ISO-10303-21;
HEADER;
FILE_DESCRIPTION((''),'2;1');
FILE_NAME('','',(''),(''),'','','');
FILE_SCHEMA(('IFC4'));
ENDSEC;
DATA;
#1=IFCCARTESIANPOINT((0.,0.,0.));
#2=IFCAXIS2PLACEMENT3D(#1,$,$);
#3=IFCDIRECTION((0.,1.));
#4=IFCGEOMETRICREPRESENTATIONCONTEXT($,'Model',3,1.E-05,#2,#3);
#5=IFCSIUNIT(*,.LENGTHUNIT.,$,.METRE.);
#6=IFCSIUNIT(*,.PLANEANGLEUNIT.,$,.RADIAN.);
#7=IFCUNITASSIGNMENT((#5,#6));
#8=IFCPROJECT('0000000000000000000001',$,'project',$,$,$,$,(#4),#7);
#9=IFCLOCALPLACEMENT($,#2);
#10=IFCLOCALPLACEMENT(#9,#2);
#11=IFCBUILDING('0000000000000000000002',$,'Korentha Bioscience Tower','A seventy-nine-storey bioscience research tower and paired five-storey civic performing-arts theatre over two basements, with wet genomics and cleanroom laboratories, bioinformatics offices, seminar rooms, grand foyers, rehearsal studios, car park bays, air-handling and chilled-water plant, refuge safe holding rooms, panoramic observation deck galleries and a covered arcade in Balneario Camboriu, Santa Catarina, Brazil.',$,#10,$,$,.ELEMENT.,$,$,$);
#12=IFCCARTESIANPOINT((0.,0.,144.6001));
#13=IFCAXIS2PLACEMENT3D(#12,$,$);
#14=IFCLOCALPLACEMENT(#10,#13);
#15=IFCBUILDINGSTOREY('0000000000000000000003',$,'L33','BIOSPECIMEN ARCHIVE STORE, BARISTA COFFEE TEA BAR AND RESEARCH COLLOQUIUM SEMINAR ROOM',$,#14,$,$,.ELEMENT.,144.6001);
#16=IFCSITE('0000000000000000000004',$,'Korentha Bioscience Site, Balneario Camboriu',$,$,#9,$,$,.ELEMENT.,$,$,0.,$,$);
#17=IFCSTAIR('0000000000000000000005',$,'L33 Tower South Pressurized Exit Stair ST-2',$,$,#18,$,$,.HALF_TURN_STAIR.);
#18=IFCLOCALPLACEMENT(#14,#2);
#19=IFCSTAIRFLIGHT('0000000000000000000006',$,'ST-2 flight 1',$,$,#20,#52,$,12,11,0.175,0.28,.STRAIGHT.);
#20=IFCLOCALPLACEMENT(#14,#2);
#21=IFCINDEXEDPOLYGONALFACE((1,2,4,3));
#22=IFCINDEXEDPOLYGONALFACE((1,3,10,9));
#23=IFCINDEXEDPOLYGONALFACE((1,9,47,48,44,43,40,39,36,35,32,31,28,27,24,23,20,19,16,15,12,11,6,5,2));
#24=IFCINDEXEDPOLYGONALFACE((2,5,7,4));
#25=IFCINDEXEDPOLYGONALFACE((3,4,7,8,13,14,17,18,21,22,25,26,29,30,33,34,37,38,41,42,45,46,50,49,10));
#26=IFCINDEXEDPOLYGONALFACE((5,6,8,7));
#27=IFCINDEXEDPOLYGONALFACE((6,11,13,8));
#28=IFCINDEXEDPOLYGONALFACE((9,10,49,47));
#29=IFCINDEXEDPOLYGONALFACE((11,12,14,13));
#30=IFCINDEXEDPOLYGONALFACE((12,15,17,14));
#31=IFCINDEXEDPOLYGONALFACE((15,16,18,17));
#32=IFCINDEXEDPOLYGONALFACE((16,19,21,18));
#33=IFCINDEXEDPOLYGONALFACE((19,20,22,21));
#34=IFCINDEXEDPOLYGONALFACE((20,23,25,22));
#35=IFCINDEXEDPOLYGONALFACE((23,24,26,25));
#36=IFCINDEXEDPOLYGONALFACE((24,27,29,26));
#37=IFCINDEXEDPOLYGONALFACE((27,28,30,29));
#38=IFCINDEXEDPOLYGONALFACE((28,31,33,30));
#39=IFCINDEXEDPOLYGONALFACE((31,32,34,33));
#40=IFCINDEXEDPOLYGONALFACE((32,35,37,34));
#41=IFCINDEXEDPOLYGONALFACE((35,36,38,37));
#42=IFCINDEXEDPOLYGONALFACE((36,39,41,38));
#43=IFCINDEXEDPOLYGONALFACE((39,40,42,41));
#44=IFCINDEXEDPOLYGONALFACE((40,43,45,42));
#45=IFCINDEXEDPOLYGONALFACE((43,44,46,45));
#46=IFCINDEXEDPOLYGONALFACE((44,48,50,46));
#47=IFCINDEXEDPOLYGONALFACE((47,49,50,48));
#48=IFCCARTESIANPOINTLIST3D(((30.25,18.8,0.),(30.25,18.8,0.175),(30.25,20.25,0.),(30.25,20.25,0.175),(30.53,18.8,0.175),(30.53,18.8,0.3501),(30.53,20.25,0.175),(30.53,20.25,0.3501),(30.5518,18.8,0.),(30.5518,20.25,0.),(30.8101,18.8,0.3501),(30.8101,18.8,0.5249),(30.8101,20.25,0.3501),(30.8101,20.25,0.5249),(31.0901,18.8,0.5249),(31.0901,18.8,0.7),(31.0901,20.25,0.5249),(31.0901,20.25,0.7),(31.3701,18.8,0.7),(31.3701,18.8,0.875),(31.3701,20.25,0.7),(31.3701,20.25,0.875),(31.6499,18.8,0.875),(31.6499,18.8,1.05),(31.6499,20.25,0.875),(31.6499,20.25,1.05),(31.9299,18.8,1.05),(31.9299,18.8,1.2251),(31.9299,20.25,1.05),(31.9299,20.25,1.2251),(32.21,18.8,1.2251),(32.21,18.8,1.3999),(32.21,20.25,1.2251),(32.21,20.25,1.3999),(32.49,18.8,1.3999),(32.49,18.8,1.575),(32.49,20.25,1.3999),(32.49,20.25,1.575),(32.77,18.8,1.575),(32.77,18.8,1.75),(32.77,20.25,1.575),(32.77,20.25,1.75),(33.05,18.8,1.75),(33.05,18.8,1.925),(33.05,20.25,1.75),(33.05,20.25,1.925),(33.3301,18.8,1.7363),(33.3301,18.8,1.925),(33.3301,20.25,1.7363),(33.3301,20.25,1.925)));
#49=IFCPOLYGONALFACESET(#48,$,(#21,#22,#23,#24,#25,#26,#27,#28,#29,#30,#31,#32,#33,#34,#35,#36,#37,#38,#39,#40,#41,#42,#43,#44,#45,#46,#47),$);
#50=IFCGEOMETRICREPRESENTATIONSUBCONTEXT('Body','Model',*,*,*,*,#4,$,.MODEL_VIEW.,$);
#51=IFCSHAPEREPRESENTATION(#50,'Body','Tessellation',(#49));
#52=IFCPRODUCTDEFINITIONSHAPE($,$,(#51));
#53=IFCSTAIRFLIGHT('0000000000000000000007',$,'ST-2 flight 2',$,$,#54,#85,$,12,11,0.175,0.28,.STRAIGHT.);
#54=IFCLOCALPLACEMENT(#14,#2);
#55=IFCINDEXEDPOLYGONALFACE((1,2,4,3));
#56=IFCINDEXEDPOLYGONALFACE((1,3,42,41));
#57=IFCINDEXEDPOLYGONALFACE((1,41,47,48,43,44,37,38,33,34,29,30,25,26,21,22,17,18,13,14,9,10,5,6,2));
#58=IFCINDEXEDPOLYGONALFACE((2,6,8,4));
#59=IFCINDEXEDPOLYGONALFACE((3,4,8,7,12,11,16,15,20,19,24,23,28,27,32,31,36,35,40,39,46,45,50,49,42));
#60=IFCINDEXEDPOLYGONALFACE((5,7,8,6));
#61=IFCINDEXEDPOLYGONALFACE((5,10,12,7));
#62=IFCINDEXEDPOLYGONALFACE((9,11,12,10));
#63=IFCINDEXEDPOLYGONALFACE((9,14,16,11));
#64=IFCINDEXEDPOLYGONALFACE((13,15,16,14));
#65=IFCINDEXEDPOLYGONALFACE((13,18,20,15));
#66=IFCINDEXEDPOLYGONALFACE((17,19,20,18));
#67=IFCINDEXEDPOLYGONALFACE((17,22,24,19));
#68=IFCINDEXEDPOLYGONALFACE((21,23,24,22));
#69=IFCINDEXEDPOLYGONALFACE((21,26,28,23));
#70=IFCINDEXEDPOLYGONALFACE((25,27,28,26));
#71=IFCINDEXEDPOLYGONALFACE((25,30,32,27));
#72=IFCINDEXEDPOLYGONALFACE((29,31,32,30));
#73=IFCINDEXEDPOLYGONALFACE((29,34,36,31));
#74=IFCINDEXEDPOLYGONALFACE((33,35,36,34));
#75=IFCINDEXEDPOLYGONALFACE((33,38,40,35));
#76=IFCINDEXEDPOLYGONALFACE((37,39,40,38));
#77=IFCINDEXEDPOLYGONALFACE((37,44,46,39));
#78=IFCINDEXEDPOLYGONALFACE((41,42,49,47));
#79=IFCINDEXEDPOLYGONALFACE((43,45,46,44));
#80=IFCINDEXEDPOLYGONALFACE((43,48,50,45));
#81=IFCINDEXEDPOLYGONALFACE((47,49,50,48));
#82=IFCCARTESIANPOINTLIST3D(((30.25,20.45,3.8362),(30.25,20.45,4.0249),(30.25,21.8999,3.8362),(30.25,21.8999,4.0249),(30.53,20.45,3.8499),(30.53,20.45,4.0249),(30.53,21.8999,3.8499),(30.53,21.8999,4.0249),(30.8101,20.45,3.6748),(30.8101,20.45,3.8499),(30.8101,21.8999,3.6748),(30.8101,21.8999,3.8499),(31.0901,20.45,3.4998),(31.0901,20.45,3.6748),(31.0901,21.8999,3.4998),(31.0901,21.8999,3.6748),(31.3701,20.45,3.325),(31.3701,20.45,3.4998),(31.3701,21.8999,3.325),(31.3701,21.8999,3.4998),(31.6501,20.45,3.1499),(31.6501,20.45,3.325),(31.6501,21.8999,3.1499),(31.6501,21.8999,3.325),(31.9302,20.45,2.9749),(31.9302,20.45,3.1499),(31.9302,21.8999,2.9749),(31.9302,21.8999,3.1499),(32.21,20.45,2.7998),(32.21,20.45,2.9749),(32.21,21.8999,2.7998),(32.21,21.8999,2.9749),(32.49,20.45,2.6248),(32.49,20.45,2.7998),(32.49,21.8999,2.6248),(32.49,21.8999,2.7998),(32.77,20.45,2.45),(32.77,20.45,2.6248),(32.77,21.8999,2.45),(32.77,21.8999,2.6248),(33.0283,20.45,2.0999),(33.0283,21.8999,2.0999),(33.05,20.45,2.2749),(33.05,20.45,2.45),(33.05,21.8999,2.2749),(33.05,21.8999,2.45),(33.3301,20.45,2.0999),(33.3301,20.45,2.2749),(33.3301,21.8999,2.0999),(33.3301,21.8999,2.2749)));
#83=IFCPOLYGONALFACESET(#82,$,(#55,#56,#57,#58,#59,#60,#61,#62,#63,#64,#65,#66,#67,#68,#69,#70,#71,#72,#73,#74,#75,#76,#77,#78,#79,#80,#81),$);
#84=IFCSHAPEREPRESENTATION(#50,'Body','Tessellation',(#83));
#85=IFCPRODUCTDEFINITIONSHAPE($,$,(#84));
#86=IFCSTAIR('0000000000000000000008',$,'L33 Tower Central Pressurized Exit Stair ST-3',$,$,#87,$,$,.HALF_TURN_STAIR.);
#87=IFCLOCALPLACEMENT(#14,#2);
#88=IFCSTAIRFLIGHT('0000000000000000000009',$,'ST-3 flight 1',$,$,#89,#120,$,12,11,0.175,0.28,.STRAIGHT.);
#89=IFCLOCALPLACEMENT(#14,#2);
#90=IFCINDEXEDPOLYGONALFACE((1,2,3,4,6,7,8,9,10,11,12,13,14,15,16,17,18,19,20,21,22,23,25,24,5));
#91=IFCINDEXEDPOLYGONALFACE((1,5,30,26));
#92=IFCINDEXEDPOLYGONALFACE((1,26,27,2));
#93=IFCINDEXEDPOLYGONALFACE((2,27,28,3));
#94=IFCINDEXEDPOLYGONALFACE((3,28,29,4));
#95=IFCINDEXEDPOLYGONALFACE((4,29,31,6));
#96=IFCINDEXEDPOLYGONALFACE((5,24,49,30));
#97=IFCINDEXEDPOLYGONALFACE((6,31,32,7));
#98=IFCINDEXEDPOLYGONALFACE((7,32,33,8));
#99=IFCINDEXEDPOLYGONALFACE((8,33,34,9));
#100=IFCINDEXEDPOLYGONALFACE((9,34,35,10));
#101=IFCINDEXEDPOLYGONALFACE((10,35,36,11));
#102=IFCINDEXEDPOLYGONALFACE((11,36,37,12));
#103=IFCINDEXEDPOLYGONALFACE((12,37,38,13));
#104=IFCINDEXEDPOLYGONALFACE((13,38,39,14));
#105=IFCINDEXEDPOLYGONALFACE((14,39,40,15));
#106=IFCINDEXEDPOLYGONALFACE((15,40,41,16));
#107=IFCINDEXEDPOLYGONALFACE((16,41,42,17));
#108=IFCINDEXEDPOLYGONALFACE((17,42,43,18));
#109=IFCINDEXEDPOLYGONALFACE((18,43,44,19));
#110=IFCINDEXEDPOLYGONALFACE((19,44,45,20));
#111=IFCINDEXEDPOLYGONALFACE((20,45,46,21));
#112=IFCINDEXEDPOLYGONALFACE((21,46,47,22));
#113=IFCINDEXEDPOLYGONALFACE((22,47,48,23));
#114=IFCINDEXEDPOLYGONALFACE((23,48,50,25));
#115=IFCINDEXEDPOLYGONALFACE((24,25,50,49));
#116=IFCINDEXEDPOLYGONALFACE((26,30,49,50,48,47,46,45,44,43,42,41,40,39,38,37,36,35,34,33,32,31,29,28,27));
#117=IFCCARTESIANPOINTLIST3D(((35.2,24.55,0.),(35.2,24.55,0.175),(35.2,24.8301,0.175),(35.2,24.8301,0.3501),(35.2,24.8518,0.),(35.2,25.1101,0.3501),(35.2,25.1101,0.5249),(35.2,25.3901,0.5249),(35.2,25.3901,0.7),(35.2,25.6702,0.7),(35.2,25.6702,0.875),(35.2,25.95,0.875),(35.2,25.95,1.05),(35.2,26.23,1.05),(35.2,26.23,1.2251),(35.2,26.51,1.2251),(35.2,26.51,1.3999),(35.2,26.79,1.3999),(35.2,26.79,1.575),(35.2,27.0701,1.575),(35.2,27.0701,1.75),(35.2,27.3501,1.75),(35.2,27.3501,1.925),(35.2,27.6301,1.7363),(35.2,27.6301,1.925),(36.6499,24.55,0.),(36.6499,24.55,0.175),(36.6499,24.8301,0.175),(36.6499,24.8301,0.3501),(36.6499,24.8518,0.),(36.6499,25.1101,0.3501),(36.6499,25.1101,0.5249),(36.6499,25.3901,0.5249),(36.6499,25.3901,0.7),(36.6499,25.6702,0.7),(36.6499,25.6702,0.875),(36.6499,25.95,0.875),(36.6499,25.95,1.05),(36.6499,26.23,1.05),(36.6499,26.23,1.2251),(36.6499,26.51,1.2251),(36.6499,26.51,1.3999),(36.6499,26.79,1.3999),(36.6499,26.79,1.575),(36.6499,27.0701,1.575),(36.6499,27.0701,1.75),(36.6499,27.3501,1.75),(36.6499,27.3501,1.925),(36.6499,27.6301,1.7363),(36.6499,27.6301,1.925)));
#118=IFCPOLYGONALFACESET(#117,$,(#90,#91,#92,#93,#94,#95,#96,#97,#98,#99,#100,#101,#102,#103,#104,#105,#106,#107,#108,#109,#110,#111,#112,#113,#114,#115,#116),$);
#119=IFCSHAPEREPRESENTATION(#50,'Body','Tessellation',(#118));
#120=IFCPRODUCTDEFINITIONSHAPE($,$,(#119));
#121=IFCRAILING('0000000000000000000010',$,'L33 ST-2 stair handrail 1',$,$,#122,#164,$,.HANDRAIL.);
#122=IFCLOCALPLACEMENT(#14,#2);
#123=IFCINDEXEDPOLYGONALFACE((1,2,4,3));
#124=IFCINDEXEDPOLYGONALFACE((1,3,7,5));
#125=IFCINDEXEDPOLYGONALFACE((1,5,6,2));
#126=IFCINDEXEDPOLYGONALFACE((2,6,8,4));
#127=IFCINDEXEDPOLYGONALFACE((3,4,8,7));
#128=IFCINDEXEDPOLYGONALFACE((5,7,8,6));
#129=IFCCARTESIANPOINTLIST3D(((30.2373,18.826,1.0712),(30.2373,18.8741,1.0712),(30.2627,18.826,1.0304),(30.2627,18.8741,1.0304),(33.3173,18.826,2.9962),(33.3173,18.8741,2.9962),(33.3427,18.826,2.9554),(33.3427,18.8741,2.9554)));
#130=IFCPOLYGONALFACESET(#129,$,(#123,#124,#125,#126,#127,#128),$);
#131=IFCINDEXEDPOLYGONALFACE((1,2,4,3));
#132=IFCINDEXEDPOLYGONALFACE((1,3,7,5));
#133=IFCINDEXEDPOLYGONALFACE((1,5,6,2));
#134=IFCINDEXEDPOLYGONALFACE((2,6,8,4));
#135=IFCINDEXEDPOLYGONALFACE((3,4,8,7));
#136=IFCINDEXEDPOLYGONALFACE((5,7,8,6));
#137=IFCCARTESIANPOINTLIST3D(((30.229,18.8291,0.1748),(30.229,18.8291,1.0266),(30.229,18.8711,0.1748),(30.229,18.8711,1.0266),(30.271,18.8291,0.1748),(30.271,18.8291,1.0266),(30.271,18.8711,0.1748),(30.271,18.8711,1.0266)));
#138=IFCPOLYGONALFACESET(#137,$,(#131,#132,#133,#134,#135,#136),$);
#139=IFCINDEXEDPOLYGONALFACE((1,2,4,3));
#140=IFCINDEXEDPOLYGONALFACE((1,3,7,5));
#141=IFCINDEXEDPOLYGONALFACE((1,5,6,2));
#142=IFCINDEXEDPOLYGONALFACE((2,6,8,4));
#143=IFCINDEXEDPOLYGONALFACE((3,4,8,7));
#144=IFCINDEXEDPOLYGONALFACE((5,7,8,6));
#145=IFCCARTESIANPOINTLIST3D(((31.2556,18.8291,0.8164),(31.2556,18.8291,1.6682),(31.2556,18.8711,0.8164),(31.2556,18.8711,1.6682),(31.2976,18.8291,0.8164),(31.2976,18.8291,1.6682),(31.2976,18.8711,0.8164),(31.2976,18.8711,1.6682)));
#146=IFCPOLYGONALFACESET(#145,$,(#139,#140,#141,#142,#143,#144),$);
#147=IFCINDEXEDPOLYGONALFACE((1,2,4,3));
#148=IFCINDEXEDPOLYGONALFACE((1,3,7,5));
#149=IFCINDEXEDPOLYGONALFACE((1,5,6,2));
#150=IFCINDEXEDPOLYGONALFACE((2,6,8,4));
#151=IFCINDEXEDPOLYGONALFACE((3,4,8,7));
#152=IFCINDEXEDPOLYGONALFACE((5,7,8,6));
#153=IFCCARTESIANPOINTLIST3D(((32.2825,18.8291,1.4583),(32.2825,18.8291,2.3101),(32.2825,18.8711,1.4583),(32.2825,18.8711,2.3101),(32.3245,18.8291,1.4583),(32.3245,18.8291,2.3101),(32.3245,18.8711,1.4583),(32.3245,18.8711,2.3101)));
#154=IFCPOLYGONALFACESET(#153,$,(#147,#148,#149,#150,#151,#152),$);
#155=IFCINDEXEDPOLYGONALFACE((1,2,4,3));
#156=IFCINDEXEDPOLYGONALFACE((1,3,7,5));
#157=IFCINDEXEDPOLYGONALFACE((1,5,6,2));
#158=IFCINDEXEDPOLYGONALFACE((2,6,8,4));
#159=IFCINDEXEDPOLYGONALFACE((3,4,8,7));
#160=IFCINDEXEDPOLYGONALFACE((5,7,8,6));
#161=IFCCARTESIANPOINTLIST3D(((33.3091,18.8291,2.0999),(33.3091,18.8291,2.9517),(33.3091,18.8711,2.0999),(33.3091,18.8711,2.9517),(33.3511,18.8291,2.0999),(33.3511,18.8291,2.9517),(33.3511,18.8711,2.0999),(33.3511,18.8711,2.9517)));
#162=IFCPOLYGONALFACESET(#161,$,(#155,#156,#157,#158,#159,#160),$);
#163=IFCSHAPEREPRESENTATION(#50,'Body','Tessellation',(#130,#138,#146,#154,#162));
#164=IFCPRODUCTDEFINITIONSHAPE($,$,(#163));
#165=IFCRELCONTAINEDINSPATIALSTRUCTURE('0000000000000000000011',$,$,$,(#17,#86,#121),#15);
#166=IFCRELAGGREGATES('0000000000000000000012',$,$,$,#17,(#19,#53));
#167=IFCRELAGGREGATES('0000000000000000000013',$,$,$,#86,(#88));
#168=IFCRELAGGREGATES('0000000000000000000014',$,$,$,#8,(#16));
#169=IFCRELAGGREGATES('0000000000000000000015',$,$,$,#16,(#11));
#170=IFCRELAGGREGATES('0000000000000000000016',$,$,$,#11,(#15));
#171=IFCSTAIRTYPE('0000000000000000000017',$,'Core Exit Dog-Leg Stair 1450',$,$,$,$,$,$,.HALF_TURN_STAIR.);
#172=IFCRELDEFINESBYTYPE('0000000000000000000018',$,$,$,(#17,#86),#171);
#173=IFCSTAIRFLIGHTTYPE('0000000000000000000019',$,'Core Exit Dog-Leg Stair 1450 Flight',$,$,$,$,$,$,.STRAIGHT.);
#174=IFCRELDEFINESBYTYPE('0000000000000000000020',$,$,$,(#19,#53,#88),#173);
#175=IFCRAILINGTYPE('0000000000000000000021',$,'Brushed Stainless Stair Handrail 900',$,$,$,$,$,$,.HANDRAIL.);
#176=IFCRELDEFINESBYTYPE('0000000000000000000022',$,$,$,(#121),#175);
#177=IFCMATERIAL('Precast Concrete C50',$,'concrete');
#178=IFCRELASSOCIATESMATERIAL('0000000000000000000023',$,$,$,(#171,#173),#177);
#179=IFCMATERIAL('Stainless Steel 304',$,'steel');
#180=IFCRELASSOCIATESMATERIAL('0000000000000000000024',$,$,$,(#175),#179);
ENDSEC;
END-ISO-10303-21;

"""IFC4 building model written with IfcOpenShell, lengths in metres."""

from ifc_helpers import new_model, si_unit, direction, frame, origin, origin_2d, place, context, subcontext, project, spatial, polyline, rectangle, outline, extrude, material, type_object, element, aggregate, save


model = new_model("IFC4")

# Units and contexts
model_context = context("Model", 3, precision=1e-05, world=origin(), true_north=direction((0.0, 1.0)))
body_context = subcontext(model_context, "Body", "Model", "MODEL_VIEW")
ifc_project = project(units=[si_unit("LENGTHUNIT", "METRE"), si_unit("PLANEANGLEUNIT", "RADIAN")], contexts=[model_context])

# Site, building, storey
site_placement = place(None, origin())
site = spatial("IfcSite", under=ifc_project, at=site_placement, Name="Korentha Bioscience Site, Balneario Camboriu", CompositionType="ELEMENT", RefElevation=0.0)
building_placement = place(site_placement, origin())
building = spatial("IfcBuilding", under=site, at=building_placement, Name="Korentha Bioscience Tower", Description="A seventy-nine-storey bioscience research tower and paired five-storey civic performing-arts theatre over two basements, with wet genomics and cleanroom laboratories, bioinformatics offices, seminar rooms, grand foyers, rehearsal studios, car park bays, air-handling and chilled-water plant, refuge safe holding rooms, panoramic observation deck galleries and a covered arcade in Balneario Camboriu, Santa Catarina, Brazil.", CompositionType="ELEMENT")
storey_placement = place(building_placement, frame((0.0, 0.0, 144.6001)))
storey = spatial("IfcBuildingStorey", under=building, at=storey_placement, Name="L33", Description="BIOSPECIMEN ARCHIVE STORE, BARISTA COFFEE TEA BAR AND RESEARCH COLLOQUIUM SEMINAR ROOM", CompositionType="ELEMENT", Elevation=144.6001)

# Stair, stair flights
ifc_material_1 = material(Name="Precast Concrete C50", Category="concrete")
stair_type = type_object("IfcStairType", Name="Core Exit Dog-Leg Stair 1450", PredefinedType="HALF_TURN_STAIR", material=ifc_material_1)
stair_1_placement = place(storey_placement, origin())
stair_1 = element("IfcStair", 1, at=stair_1_placement, inside=storey, type_object=stair_type, Name="L33 Tower South Pressurized Exit Stair ST-2", PredefinedType="HALF_TURN_STAIR")
stair_flight_type = type_object("IfcStairFlightType", Name="Core Exit Dog-Leg Stair 1450 Flight", PredefinedType="STRAIGHT", material=ifc_material_1)
stair_flight_1_placement = place(storey_placement, frame((30.25, 19.5249, 0.0), z_axis=(0.0, 0.0, 1.0), x_axis=(1.0, 0.0, 0.0)))
stair_flight_1 = element("IfcStairFlight", 2, at=stair_flight_1_placement, type_object=stair_flight_type, Name="ST-2 flight 1", NumberOfRisers=12, NumberOfTreads=11, PredefinedType="STRAIGHT", RiserHeight=0.175, TreadLength=0.28, context=body_context, shape_type="SweptSolid", body=[
    extrude(outline(polyline([(0.0, 0.0), (0.0, 0.175), (0.28, 0.175), (0.28, 0.3501), (0.5601, 0.3501), (0.5601, 0.5249), (0.8401, 0.5249), (0.8401, 0.7), (1.1201, 0.7), (1.1201, 0.875), (1.3999, 0.875), (1.3999, 1.05), (1.6799, 1.05), (1.6799, 1.2251), (1.96, 1.2251), (1.96, 1.3999), (2.24, 1.3999), (2.24, 1.575), (2.52, 1.575), (2.52, 1.75), (2.8, 1.75), (2.8, 1.925), (3.0801, 1.925), (3.0801, 2.1001), (3.0801, 1.7363), (0.3018, 0.0), (0.0, 0.0)])), frame((0.0, 0.7251, 0.0), z_axis=(0.0, -1.0, 0.0), x_axis=(1.0, 0.0, 0.0)), (0.0, 0.0, 1.0), 1.45),
])
stair_flight_2_placement = place(storey_placement, frame((33.3301, 21.175, 2.0999), z_axis=(0.0, 0.0, 1.0), x_axis=(-1.0, 0.0, 0.0)))
stair_flight_2 = element("IfcStairFlight", 3, at=stair_flight_2_placement, type_object=stair_flight_type, Name="ST-2 flight 2", NumberOfRisers=12, NumberOfTreads=11, PredefinedType="STRAIGHT", RiserHeight=0.175, TreadLength=0.28, context=body_context, shape_type="SweptSolid", body=[
    extrude(outline(polyline([(0.0, 0.0), (0.0, 0.175), (0.28, 0.175), (0.28, 0.3501), (0.5601, 0.3501), (0.5601, 0.5249), (0.8401, 0.5249), (0.8401, 0.7), (1.1201, 0.7), (1.1201, 0.875), (1.3999, 0.875), (1.3999, 1.05), (1.6799, 1.05), (1.6799, 1.2251), (1.96, 1.2251), (1.96, 1.3999), (2.24, 1.3999), (2.24, 1.575), (2.52, 1.575), (2.52, 1.75), (2.8, 1.75), (2.8, 1.925), (3.0801, 1.925), (3.0801, 2.1001), (3.0801, 1.7363), (0.3018, 0.0), (0.0, 0.0)])), frame((0.0, 0.7251, 0.0), z_axis=(0.0, -1.0, 0.0), x_axis=(1.0, 0.0, 0.0)), (0.0, 0.0, 1.0), 1.45),
])
aggregate(stair_1, [stair_flight_1, stair_flight_2])

# Stair, stair flight
stair_2_placement = place(storey_placement, origin())
stair_2 = element("IfcStair", 4, at=stair_2_placement, inside=storey, type_object=stair_type, Name="L33 Tower Central Pressurized Exit Stair ST-3", PredefinedType="HALF_TURN_STAIR")
stair_flight_3_placement = place(storey_placement, frame((35.925, 24.55, 0.0), z_axis=(0.0, 0.0, 1.0), x_axis=(0.0, 1.0, 0.0)))
stair_flight_3 = element("IfcStairFlight", 5, at=stair_flight_3_placement, type_object=stair_flight_type, Name="ST-3 flight 1", NumberOfRisers=12, NumberOfTreads=11, PredefinedType="STRAIGHT", RiserHeight=0.175, TreadLength=0.28, context=body_context, shape_type="SweptSolid", body=[
    extrude(outline(polyline([(0.0, 0.0), (0.0, 0.175), (0.28, 0.175), (0.28, 0.3501), (0.5601, 0.3501), (0.5601, 0.5249), (0.8401, 0.5249), (0.8401, 0.7), (1.1201, 0.7), (1.1201, 0.875), (1.3999, 0.875), (1.3999, 1.05), (1.6799, 1.05), (1.6799, 1.2251), (1.96, 1.2251), (1.96, 1.3999), (2.24, 1.3999), (2.24, 1.575), (2.52, 1.575), (2.52, 1.75), (2.8, 1.75), (2.8, 1.925), (3.0801, 1.925), (3.0801, 2.1001), (3.0801, 1.7363), (0.3018, 0.0), (0.0, 0.0)])), frame((0.0, 0.7251, 0.0), z_axis=(0.0, -1.0, 0.0), x_axis=(1.0, 0.0, 0.0)), (0.0, 0.0, 1.0), 1.45),
])
aggregate(stair_2, [stair_flight_3])

# Railing
ifc_material_2 = material(Name="Stainless Steel 304", Category="steel")
railing_type_1 = type_object("IfcRailingType", Name="Brushed Stainless Stair Handrail 900", PredefinedType="HANDRAIL", material=ifc_material_2)
railing_1_placement = place(storey_placement, frame((30.25, 18.8501, 0.1748)))
element("IfcRailing", 6, at=railing_1_placement, inside=storey, type_object=railing_type_1, Name="L33 ST-2 stair handrail 1", PredefinedType="HANDRAIL", context=body_context, shape_type="SweptSolid", body=[
    extrude(rectangle(XDim=0.0481, YDim=0.0481, at=origin_2d()), frame((0.0, 0.0, 0.876), z_axis=(0.847998, 0.0, 0.529999), x_axis=(0.0, 1.0, 0.0)), (0.0, 0.0, 1.0), 3.6321),
    extrude(rectangle(XDim=0.042, YDim=0.042, at=origin_2d()), origin(), (0.0, 0.0, 1.0), 0.8518),
    extrude(rectangle(XDim=0.042, YDim=0.042, at=origin_2d()), frame((1.0266, 0.0, 0.6416)), (0.0, 0.0, 1.0), 0.8518),
    extrude(rectangle(XDim=0.042, YDim=0.042, at=origin_2d()), frame((2.0535, 0.0, 1.2834)), (0.0, 0.0, 1.0), 0.8518),
    extrude(rectangle(XDim=0.042, YDim=0.042, at=origin_2d()), frame((3.0801, 0.0, 1.925)), (0.0, 0.0, 1.0), 0.8518),
])

save(model, "model.ifc")
